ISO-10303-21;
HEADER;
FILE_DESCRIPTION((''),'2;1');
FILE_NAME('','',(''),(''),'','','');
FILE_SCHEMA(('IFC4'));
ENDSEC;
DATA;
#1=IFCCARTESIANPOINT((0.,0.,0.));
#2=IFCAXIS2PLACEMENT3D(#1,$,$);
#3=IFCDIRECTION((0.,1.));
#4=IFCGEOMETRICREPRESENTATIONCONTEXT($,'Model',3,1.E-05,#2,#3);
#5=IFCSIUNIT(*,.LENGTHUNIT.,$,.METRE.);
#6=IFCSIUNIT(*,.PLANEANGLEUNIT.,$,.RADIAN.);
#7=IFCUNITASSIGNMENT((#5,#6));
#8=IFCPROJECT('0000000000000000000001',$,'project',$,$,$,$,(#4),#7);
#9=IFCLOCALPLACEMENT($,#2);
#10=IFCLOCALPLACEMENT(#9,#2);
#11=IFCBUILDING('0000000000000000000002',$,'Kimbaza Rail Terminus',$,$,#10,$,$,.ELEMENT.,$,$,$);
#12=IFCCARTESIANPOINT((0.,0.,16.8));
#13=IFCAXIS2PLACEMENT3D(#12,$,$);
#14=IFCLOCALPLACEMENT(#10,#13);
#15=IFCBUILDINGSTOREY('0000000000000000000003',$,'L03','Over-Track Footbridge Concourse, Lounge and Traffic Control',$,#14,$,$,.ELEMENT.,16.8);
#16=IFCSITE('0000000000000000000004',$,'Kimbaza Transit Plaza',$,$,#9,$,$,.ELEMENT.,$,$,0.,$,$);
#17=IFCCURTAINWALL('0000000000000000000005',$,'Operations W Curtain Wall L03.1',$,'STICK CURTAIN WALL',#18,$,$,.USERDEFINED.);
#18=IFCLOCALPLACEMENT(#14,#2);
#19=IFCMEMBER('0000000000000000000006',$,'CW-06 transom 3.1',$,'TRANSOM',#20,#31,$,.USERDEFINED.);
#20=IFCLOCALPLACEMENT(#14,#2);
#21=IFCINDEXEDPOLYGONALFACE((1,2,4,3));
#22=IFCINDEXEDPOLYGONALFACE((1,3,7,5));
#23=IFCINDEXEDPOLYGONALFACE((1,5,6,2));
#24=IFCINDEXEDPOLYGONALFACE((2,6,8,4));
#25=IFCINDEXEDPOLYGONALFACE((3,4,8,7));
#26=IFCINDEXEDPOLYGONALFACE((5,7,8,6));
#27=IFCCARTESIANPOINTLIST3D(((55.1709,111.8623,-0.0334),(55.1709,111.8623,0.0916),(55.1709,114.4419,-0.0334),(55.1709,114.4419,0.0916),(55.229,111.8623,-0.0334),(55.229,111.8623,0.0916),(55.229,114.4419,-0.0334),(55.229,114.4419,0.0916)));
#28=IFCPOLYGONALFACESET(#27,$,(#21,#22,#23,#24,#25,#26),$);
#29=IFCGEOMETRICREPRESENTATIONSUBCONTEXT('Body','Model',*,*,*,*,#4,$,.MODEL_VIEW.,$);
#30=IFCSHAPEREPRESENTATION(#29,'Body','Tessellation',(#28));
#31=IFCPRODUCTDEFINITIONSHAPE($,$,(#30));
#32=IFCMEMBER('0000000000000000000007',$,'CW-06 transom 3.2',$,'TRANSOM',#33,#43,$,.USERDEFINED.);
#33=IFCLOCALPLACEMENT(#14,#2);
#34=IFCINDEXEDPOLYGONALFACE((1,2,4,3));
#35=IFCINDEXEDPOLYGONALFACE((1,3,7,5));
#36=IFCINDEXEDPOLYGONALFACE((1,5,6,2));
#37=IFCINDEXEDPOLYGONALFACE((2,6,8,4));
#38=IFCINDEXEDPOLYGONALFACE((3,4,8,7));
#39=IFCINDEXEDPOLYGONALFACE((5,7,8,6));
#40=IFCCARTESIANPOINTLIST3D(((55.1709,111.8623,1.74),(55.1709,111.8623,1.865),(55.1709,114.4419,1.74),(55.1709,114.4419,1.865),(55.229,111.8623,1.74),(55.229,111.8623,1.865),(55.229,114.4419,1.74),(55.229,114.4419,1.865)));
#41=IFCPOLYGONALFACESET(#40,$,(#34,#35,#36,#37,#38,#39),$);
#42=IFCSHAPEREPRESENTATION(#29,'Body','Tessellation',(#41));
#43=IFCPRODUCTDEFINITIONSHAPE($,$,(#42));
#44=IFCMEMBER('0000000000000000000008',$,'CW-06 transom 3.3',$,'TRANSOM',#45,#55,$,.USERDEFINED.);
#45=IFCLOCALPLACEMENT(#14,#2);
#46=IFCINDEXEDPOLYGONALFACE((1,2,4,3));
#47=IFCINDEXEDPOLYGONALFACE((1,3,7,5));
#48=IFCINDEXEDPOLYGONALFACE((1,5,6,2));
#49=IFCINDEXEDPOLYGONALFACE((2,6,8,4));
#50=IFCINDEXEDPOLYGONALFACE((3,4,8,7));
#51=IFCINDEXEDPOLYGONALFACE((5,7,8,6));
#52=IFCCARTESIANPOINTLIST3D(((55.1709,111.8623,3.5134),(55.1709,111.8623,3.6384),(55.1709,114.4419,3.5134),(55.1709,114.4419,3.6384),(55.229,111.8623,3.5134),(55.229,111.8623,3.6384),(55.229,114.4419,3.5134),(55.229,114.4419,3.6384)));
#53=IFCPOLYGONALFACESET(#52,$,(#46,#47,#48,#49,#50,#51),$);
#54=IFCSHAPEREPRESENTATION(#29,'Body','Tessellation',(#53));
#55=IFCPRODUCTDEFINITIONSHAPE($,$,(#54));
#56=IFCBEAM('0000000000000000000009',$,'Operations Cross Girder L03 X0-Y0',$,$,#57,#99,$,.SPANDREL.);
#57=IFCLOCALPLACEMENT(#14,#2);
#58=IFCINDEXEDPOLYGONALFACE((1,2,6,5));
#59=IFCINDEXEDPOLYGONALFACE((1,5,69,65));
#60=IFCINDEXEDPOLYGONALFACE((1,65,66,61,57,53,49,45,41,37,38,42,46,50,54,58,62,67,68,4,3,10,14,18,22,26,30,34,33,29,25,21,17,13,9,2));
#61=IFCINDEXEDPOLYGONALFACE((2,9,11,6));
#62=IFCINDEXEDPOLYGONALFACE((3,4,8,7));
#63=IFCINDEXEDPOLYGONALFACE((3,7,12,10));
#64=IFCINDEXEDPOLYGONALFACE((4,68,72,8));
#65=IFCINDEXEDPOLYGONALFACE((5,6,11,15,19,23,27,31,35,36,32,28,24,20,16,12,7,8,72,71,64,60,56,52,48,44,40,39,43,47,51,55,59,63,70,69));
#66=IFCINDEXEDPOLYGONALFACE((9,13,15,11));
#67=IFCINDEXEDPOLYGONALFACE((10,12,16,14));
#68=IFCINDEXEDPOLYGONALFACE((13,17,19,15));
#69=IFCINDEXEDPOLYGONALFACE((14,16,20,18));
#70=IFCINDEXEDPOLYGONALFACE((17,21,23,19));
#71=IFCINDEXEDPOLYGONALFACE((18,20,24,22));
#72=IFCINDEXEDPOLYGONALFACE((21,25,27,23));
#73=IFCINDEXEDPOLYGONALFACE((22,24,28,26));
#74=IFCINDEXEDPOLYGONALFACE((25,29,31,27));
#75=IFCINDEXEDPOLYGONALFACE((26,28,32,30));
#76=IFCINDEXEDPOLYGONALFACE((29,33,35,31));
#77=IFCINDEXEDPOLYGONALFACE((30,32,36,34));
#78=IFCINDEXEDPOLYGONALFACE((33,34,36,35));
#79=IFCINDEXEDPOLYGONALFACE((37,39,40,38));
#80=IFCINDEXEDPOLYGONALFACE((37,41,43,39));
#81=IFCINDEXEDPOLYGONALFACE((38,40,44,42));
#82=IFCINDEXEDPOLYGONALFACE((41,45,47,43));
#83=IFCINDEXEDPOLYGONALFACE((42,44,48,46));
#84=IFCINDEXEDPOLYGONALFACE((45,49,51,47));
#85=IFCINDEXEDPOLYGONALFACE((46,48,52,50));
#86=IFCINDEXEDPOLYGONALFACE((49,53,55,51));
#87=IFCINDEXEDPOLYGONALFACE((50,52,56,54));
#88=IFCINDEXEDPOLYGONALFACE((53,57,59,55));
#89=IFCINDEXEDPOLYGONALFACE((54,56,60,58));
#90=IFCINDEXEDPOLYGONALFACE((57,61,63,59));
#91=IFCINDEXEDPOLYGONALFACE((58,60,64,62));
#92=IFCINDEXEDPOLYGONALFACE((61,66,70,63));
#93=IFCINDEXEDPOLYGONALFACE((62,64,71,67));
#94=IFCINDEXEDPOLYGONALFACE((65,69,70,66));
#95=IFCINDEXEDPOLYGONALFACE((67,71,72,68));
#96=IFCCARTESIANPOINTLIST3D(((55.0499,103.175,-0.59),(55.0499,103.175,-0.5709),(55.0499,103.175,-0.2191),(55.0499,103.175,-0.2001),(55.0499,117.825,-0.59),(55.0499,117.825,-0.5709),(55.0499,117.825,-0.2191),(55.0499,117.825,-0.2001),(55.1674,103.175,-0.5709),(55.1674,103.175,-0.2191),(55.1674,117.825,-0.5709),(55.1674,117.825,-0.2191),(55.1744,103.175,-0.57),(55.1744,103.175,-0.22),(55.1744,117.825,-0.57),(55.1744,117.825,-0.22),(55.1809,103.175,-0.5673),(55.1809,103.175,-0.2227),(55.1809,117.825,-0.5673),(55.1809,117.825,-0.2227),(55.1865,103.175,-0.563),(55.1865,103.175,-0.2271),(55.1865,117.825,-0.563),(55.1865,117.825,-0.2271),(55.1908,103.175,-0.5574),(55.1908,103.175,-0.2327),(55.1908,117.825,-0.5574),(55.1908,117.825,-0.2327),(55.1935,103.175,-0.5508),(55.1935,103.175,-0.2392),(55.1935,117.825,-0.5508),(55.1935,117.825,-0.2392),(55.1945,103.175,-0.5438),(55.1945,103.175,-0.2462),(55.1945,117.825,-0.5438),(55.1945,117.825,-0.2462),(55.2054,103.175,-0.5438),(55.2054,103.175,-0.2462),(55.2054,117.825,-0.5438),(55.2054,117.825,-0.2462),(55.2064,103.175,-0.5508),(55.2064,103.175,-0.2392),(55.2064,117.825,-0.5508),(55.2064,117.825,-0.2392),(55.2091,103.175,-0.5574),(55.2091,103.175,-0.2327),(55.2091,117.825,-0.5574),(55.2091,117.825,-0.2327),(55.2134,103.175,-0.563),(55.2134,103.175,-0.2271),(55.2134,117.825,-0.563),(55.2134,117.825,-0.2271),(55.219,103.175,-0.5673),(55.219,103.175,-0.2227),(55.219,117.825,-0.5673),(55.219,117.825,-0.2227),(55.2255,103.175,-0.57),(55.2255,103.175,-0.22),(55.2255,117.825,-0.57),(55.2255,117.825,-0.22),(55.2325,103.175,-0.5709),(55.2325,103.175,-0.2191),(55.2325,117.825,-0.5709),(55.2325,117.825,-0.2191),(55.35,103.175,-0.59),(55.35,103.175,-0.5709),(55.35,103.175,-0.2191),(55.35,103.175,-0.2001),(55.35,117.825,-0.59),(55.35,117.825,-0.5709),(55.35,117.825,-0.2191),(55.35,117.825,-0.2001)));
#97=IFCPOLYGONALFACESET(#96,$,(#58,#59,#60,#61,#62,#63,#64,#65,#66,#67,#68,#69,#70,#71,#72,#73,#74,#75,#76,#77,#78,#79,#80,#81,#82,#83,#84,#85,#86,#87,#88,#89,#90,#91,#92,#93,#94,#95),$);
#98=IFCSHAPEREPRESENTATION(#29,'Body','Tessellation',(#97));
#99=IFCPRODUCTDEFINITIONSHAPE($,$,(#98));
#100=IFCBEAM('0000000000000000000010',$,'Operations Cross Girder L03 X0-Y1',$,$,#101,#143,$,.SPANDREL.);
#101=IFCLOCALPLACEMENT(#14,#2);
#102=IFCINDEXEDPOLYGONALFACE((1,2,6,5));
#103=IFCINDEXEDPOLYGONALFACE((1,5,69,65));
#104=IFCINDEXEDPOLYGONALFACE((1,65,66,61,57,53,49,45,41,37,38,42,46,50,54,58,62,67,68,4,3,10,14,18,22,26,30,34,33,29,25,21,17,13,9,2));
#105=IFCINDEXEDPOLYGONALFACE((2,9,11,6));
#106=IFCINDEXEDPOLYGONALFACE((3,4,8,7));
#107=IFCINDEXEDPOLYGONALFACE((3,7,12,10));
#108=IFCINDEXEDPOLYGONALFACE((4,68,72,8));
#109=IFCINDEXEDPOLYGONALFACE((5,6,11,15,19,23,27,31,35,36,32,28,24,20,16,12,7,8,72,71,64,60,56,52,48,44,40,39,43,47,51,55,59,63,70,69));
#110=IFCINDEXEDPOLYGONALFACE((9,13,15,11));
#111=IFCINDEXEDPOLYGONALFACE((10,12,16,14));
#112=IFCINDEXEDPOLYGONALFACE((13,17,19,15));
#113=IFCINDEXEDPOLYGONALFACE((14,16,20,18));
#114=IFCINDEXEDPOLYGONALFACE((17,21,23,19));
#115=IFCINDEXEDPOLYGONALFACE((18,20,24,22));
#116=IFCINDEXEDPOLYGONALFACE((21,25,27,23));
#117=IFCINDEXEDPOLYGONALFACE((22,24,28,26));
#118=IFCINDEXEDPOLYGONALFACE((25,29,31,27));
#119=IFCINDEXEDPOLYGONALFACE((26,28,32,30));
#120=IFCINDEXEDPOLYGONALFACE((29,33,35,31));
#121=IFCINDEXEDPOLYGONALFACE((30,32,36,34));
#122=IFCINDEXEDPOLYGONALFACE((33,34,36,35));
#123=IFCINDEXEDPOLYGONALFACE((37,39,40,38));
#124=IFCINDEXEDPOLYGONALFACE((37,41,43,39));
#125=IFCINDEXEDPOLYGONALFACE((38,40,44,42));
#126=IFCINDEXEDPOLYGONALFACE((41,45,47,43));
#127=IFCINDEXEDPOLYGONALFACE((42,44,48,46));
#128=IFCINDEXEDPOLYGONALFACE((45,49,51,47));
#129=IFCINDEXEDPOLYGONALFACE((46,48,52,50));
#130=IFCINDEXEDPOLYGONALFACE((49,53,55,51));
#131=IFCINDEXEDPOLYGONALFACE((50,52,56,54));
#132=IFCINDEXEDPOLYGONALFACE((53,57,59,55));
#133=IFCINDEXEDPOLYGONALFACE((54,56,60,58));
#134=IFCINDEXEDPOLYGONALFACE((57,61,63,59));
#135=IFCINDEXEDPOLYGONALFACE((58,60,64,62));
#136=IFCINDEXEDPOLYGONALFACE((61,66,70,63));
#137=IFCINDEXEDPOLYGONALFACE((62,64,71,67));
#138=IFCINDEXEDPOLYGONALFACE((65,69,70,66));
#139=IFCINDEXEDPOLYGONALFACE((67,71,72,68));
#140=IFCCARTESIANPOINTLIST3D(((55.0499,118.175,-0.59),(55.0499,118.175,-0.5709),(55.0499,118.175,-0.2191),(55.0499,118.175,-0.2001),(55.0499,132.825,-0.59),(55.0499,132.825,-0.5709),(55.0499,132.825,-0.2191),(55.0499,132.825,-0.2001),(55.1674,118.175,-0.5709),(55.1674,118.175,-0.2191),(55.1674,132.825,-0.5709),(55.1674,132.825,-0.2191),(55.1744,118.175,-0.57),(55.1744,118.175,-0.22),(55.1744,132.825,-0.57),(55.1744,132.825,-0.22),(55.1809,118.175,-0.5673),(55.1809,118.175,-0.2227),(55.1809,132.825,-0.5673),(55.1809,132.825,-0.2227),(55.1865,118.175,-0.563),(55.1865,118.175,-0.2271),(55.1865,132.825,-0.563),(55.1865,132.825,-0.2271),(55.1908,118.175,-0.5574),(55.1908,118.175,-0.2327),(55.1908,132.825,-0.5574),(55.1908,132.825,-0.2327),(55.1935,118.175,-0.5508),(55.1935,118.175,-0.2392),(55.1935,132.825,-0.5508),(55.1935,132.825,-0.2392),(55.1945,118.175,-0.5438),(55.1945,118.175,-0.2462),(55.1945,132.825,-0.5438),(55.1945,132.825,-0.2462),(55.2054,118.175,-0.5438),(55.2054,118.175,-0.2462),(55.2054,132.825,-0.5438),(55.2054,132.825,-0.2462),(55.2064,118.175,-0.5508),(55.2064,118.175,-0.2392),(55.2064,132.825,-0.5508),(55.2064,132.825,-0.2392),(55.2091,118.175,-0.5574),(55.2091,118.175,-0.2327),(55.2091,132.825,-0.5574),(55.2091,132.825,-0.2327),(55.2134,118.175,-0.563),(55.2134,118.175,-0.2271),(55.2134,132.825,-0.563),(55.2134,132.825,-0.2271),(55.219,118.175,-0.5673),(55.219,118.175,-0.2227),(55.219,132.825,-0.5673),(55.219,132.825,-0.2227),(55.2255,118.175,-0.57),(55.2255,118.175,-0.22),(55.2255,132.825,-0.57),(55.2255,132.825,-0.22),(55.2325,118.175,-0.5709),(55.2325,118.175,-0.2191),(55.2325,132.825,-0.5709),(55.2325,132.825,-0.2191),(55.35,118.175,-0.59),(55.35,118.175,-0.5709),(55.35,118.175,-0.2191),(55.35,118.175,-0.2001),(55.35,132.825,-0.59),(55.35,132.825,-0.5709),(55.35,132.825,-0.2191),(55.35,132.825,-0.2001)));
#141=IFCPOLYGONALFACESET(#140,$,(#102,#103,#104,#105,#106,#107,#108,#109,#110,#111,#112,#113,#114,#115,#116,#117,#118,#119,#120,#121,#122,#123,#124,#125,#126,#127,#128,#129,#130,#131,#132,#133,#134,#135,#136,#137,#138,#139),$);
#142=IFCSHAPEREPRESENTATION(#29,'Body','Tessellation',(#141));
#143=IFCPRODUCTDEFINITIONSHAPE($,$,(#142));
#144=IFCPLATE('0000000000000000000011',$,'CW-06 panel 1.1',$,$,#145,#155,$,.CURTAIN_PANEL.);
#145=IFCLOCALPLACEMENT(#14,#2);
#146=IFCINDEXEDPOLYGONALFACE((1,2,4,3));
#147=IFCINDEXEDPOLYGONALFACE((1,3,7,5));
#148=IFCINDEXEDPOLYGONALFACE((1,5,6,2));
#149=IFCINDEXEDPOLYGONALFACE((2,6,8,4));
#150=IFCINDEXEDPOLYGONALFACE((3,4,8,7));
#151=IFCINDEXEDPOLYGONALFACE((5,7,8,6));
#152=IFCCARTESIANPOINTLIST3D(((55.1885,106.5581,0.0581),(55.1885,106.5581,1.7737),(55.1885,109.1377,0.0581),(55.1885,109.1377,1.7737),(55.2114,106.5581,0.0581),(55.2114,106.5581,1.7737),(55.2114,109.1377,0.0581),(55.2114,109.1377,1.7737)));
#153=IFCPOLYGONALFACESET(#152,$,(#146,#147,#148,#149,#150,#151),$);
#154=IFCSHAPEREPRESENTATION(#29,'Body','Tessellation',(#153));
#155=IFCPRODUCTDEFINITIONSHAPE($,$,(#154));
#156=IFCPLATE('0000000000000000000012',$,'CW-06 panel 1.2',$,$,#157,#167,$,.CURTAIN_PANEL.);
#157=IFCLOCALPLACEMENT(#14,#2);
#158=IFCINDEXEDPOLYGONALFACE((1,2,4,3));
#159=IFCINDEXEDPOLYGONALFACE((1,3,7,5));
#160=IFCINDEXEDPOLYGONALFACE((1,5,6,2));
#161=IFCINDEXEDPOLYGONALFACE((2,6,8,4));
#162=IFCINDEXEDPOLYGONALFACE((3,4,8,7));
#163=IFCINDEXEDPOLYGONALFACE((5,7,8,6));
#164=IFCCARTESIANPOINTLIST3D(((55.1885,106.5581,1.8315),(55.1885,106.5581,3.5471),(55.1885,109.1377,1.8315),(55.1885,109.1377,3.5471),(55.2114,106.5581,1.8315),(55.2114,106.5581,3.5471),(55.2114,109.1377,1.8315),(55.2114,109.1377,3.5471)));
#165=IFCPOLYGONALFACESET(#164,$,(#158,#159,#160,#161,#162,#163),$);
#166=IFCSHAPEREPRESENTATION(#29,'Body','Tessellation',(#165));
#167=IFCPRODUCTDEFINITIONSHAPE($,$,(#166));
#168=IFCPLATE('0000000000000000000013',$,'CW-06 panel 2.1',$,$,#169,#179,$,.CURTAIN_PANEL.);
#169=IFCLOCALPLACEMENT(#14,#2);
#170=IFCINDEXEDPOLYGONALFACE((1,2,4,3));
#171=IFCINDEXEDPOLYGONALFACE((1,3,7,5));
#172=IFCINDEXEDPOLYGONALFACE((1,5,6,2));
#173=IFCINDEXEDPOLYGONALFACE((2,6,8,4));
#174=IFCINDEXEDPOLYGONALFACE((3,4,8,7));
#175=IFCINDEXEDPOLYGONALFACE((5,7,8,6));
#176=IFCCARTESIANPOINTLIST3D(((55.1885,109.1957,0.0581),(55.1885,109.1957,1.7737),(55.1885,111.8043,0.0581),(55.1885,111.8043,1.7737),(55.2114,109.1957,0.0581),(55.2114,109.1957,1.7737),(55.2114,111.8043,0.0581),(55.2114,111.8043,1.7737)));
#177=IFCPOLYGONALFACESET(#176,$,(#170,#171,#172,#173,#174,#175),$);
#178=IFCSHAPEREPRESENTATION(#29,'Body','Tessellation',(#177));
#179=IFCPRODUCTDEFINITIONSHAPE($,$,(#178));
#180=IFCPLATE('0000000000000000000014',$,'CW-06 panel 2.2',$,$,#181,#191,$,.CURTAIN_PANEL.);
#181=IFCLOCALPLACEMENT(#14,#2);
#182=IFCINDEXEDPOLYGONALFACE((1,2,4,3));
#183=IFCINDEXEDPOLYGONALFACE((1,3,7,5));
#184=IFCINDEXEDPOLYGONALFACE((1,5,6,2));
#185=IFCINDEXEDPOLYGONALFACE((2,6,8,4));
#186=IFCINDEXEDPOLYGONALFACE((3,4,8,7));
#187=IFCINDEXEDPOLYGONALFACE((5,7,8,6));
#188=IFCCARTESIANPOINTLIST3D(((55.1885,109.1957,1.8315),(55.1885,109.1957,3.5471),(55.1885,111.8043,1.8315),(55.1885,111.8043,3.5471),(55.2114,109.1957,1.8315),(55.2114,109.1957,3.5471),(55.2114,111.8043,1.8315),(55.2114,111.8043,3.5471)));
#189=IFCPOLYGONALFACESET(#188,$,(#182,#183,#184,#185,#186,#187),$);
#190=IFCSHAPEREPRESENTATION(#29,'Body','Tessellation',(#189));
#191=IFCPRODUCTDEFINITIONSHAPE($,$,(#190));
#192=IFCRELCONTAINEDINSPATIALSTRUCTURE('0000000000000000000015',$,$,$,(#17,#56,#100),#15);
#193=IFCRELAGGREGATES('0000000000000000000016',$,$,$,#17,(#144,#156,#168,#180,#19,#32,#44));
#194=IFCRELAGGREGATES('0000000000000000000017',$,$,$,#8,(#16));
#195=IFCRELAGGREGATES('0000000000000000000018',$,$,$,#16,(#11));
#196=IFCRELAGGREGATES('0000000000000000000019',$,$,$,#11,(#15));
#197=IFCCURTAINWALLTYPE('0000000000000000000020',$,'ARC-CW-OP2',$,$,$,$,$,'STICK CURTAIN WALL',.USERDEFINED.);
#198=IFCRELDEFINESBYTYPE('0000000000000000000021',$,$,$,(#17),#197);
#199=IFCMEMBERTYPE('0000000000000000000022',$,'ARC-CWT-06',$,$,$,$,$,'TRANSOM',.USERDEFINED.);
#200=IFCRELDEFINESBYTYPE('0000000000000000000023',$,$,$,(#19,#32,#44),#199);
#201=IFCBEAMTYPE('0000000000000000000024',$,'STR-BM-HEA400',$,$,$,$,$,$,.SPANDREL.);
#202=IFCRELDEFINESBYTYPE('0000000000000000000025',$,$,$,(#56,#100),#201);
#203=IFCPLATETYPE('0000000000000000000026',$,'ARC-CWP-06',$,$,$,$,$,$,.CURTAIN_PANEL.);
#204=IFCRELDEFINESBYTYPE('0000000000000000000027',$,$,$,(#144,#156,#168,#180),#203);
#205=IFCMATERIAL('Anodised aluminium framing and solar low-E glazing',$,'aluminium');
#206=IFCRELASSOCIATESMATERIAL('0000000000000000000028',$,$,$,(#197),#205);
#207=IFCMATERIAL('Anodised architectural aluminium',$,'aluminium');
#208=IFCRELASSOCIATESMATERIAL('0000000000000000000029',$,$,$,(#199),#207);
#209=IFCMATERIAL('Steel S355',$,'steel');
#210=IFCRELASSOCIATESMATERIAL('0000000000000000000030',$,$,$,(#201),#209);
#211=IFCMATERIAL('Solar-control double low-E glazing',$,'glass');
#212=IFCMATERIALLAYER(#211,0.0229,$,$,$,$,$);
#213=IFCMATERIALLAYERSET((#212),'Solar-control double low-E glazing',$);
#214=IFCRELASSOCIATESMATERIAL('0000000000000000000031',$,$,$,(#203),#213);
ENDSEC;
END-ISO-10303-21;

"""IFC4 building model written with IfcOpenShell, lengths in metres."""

from ifc_helpers import new_model, si_unit, direction, frame, origin, origin_2d, place, context, subcontext, project, spatial, rectangle, i_section, extrude, material, layer, layer_set, material_profile, profile_set, type_object, element, aggregate, save


model = new_model("IFC4")

# Units and contexts
model_context = context("Model", 3, precision=1e-05, world=origin(), true_north=direction((0.0, 1.0)))
body_context = subcontext(model_context, "Body", "Model", "MODEL_VIEW")
ifc_project = project(units=[si_unit("LENGTHUNIT", "METRE"), si_unit("PLANEANGLEUNIT", "RADIAN")], contexts=[model_context])

# Site, building, storey
site_placement = place(None, origin())
site = spatial("IfcSite", under=ifc_project, at=site_placement, Name="Kimbaza Transit Plaza", CompositionType="ELEMENT", RefElevation=0.0)
building_placement = place(site_placement, origin())
building = spatial("IfcBuilding", under=site, at=building_placement, Name="Kimbaza Rail Terminus", CompositionType="ELEMENT")
storey_placement = place(building_placement, frame((0.0, 0.0, 16.8)))
storey = spatial("IfcBuildingStorey", under=building, at=storey_placement, Name="L03", Description="Over-Track Footbridge Concourse, Lounge and Traffic Control", CompositionType="ELEMENT", Elevation=16.8)

# Curtain wall
ifc_material_1 = material(Name="Anodised aluminium framing and solar low-E glazing", Category="aluminium")
curtain_wall_type = type_object("IfcCurtainWallType", Name="ARC-CW-OP2", ElementType="STICK CURTAIN WALL", PredefinedType="USERDEFINED", material=ifc_material_1)
curtain_wall_1_placement = place(storey_placement, origin())
curtain_wall_1 = element("IfcCurtainWall", 1, at=curtain_wall_1_placement, inside=storey, type_object=curtain_wall_type, Name="Operations W Curtain Wall L03.1", ObjectType="STICK CURTAIN WALL", PredefinedType="USERDEFINED")

# Members
ifc_material_2 = material(Name="Anodised architectural aluminium", Category="aluminium")
ifc_material_profile_1 = material_profile(ifc_material_2, rectangle(XDim=0.0581, YDim=0.125, at=origin_2d()), Name="TRANSOM 58x125")
ifc_profile_set_1 = profile_set([ifc_material_profile_1], Name="Anodised architectural aluminium")
member_type_1 = type_object("IfcMemberType", Name="ARC-CWT-06", ElementType="TRANSOM", PredefinedType="USERDEFINED", material=ifc_profile_set_1)
member_1_placement = place(storey_placement, frame((55.2, 111.8623, 0.0291), z_axis=(0.0, 1.0, 0.0), x_axis=(-1.0, 0.0, 0.0)))
member_1 = element("IfcMember", 2, at=member_1_placement, type_object=member_type_1, Name="CW-06 transom 3.1", ObjectType="TRANSOM", PredefinedType="USERDEFINED", context=body_context, shape_type="SweptSolid", body=[
    extrude(rectangle(XDim=0.0581, YDim=0.125, at=origin_2d()), origin(), (0.0, 0.0, 1.0), 2.5796),
])
member_2_placement = place(storey_placement, frame((55.2, 111.8623, 1.8025), z_axis=(0.0, 1.0, 0.0), x_axis=(-1.0, 0.0, 0.0)))
member_2 = element("IfcMember", 3, at=member_2_placement, type_object=member_type_1, Name="CW-06 transom 3.2", ObjectType="TRANSOM", PredefinedType="USERDEFINED", context=body_context, shape_type="SweptSolid", body=[
    extrude(rectangle(XDim=0.0581, YDim=0.125, at=origin_2d()), origin(), (0.0, 0.0, 1.0), 2.5796),
])
member_3_placement = place(storey_placement, frame((55.2, 111.8623, 3.5759), z_axis=(0.0, 1.0, 0.0), x_axis=(-1.0, 0.0, 0.0)))
member_3 = element("IfcMember", 4, at=member_3_placement, type_object=member_type_1, Name="CW-06 transom 3.3", ObjectType="TRANSOM", PredefinedType="USERDEFINED", context=body_context, shape_type="SweptSolid", body=[
    extrude(rectangle(XDim=0.0581, YDim=0.125, at=origin_2d()), origin(), (0.0, 0.0, 1.0), 2.5796),
])

# Beams
ifc_material_3 = material(Name="Steel S355", Category="steel")
ifc_material_profile_2 = material_profile(ifc_material_3, i_section(OverallWidth=0.3, OverallDepth=0.3899, WebThickness=0.011, FlangeThickness=0.019, FilletRadius=0.0271, at=origin_2d()), Name="HEA 400")
ifc_profile_set_2 = profile_set([ifc_material_profile_2], Name="Steel S355")
beam_type = type_object("IfcBeamType", Name="STR-BM-HEA400", PredefinedType="SPANDREL", material=ifc_profile_set_2)
for number, where, z_axis, x_axis, name in (
    (5, (55.2, 103.175, -0.395), (0.0, 1.0, 0.0), (-1.0, 0.0, 0.0), "Operations Cross Girder L03 X0-Y0"),
    (6, (55.2, 118.175, -0.395), (0.0, 1.0, 0.0), (-1.0, 0.0, 0.0), "Operations Cross Girder L03 X0-Y1"),
):
    element("IfcBeam", number, at=place(storey_placement, frame(where, z_axis=z_axis, x_axis=x_axis)), inside=storey, type_object=beam_type, Name=name, PredefinedType="SPANDREL", context=body_context, shape_type="SweptSolid", body=[
        extrude(i_section(OverallWidth=0.3, OverallDepth=0.3899, WebThickness=0.011, FlangeThickness=0.019, FilletRadius=0.0271, at=origin_2d()), origin(), (0.0, 0.0, 1.0), 14.6499),
    ])

# Plates
ifc_material_4 = material(Name="Solar-control double low-E glazing", Category="glass")
ifc_layer_1 = layer(ifc_material_4, 0.0229)
ifc_layer_set_1 = layer_set([ifc_layer_1], Name="Solar-control double low-E glazing")
plate_type = type_object("IfcPlateType", Name="ARC-CWP-06", PredefinedType="CURTAIN_PANEL", material=ifc_layer_set_1)
plate_1_placement = place(storey_placement, frame((55.2, 107.8479, 0.0581), z_axis=(0.0, 0.0, 1.0), x_axis=(0.0, 1.0, 0.0)))
plate_1 = element("IfcPlate", 7, at=plate_1_placement, type_object=plate_type, Name="CW-06 panel 1.1", PredefinedType="CURTAIN_PANEL", context=body_context, shape_type="SweptSolid", body=[
    extrude(rectangle(XDim=2.5796, YDim=0.0229, at=origin_2d()), origin(), (0.0, 0.0, 1.0), 1.7156),
])
plate_2_placement = place(storey_placement, frame((55.2, 107.8479, 1.8315), z_axis=(0.0, 0.0, 1.0), x_axis=(0.0, 1.0, 0.0)))
plate_2 = element("IfcPlate", 8, at=plate_2_placement, type_object=plate_type, Name="CW-06 panel 1.2", PredefinedType="CURTAIN_PANEL", context=body_context, shape_type="SweptSolid", body=[
    extrude(rectangle(XDim=2.5796, YDim=0.0229, at=origin_2d()), origin(), (0.0, 0.0, 1.0), 1.7156),
])
plate_3_placement = place(storey_placement, frame((55.2, 110.5, 0.0581), z_axis=(0.0, 0.0, 1.0), x_axis=(0.0, 1.0, 0.0)))
plate_3 = element("IfcPlate", 9, at=plate_3_placement, type_object=plate_type, Name="CW-06 panel 2.1", PredefinedType="CURTAIN_PANEL", context=body_context, shape_type="SweptSolid", body=[
    extrude(rectangle(XDim=2.6086, YDim=0.0229, at=origin_2d()), origin(), (0.0, 0.0, 1.0), 1.7156),
])
plate_4_placement = place(storey_placement, frame((55.2, 110.5, 1.8315), z_axis=(0.0, 0.0, 1.0), x_axis=(0.0, 1.0, 0.0)))
plate_4 = element("IfcPlate", 10, at=plate_4_placement, type_object=plate_type, Name="CW-06 panel 2.2", PredefinedType="CURTAIN_PANEL", context=body_context, shape_type="SweptSolid", body=[
    extrude(rectangle(XDim=2.6086, YDim=0.0229, at=origin_2d()), origin(), (0.0, 0.0, 1.0), 1.7156),
])
aggregate(curtain_wall_1, [plate_1, plate_2, plate_3, plate_4, member_1, member_2, member_3])

save(model, "model.ifc")
